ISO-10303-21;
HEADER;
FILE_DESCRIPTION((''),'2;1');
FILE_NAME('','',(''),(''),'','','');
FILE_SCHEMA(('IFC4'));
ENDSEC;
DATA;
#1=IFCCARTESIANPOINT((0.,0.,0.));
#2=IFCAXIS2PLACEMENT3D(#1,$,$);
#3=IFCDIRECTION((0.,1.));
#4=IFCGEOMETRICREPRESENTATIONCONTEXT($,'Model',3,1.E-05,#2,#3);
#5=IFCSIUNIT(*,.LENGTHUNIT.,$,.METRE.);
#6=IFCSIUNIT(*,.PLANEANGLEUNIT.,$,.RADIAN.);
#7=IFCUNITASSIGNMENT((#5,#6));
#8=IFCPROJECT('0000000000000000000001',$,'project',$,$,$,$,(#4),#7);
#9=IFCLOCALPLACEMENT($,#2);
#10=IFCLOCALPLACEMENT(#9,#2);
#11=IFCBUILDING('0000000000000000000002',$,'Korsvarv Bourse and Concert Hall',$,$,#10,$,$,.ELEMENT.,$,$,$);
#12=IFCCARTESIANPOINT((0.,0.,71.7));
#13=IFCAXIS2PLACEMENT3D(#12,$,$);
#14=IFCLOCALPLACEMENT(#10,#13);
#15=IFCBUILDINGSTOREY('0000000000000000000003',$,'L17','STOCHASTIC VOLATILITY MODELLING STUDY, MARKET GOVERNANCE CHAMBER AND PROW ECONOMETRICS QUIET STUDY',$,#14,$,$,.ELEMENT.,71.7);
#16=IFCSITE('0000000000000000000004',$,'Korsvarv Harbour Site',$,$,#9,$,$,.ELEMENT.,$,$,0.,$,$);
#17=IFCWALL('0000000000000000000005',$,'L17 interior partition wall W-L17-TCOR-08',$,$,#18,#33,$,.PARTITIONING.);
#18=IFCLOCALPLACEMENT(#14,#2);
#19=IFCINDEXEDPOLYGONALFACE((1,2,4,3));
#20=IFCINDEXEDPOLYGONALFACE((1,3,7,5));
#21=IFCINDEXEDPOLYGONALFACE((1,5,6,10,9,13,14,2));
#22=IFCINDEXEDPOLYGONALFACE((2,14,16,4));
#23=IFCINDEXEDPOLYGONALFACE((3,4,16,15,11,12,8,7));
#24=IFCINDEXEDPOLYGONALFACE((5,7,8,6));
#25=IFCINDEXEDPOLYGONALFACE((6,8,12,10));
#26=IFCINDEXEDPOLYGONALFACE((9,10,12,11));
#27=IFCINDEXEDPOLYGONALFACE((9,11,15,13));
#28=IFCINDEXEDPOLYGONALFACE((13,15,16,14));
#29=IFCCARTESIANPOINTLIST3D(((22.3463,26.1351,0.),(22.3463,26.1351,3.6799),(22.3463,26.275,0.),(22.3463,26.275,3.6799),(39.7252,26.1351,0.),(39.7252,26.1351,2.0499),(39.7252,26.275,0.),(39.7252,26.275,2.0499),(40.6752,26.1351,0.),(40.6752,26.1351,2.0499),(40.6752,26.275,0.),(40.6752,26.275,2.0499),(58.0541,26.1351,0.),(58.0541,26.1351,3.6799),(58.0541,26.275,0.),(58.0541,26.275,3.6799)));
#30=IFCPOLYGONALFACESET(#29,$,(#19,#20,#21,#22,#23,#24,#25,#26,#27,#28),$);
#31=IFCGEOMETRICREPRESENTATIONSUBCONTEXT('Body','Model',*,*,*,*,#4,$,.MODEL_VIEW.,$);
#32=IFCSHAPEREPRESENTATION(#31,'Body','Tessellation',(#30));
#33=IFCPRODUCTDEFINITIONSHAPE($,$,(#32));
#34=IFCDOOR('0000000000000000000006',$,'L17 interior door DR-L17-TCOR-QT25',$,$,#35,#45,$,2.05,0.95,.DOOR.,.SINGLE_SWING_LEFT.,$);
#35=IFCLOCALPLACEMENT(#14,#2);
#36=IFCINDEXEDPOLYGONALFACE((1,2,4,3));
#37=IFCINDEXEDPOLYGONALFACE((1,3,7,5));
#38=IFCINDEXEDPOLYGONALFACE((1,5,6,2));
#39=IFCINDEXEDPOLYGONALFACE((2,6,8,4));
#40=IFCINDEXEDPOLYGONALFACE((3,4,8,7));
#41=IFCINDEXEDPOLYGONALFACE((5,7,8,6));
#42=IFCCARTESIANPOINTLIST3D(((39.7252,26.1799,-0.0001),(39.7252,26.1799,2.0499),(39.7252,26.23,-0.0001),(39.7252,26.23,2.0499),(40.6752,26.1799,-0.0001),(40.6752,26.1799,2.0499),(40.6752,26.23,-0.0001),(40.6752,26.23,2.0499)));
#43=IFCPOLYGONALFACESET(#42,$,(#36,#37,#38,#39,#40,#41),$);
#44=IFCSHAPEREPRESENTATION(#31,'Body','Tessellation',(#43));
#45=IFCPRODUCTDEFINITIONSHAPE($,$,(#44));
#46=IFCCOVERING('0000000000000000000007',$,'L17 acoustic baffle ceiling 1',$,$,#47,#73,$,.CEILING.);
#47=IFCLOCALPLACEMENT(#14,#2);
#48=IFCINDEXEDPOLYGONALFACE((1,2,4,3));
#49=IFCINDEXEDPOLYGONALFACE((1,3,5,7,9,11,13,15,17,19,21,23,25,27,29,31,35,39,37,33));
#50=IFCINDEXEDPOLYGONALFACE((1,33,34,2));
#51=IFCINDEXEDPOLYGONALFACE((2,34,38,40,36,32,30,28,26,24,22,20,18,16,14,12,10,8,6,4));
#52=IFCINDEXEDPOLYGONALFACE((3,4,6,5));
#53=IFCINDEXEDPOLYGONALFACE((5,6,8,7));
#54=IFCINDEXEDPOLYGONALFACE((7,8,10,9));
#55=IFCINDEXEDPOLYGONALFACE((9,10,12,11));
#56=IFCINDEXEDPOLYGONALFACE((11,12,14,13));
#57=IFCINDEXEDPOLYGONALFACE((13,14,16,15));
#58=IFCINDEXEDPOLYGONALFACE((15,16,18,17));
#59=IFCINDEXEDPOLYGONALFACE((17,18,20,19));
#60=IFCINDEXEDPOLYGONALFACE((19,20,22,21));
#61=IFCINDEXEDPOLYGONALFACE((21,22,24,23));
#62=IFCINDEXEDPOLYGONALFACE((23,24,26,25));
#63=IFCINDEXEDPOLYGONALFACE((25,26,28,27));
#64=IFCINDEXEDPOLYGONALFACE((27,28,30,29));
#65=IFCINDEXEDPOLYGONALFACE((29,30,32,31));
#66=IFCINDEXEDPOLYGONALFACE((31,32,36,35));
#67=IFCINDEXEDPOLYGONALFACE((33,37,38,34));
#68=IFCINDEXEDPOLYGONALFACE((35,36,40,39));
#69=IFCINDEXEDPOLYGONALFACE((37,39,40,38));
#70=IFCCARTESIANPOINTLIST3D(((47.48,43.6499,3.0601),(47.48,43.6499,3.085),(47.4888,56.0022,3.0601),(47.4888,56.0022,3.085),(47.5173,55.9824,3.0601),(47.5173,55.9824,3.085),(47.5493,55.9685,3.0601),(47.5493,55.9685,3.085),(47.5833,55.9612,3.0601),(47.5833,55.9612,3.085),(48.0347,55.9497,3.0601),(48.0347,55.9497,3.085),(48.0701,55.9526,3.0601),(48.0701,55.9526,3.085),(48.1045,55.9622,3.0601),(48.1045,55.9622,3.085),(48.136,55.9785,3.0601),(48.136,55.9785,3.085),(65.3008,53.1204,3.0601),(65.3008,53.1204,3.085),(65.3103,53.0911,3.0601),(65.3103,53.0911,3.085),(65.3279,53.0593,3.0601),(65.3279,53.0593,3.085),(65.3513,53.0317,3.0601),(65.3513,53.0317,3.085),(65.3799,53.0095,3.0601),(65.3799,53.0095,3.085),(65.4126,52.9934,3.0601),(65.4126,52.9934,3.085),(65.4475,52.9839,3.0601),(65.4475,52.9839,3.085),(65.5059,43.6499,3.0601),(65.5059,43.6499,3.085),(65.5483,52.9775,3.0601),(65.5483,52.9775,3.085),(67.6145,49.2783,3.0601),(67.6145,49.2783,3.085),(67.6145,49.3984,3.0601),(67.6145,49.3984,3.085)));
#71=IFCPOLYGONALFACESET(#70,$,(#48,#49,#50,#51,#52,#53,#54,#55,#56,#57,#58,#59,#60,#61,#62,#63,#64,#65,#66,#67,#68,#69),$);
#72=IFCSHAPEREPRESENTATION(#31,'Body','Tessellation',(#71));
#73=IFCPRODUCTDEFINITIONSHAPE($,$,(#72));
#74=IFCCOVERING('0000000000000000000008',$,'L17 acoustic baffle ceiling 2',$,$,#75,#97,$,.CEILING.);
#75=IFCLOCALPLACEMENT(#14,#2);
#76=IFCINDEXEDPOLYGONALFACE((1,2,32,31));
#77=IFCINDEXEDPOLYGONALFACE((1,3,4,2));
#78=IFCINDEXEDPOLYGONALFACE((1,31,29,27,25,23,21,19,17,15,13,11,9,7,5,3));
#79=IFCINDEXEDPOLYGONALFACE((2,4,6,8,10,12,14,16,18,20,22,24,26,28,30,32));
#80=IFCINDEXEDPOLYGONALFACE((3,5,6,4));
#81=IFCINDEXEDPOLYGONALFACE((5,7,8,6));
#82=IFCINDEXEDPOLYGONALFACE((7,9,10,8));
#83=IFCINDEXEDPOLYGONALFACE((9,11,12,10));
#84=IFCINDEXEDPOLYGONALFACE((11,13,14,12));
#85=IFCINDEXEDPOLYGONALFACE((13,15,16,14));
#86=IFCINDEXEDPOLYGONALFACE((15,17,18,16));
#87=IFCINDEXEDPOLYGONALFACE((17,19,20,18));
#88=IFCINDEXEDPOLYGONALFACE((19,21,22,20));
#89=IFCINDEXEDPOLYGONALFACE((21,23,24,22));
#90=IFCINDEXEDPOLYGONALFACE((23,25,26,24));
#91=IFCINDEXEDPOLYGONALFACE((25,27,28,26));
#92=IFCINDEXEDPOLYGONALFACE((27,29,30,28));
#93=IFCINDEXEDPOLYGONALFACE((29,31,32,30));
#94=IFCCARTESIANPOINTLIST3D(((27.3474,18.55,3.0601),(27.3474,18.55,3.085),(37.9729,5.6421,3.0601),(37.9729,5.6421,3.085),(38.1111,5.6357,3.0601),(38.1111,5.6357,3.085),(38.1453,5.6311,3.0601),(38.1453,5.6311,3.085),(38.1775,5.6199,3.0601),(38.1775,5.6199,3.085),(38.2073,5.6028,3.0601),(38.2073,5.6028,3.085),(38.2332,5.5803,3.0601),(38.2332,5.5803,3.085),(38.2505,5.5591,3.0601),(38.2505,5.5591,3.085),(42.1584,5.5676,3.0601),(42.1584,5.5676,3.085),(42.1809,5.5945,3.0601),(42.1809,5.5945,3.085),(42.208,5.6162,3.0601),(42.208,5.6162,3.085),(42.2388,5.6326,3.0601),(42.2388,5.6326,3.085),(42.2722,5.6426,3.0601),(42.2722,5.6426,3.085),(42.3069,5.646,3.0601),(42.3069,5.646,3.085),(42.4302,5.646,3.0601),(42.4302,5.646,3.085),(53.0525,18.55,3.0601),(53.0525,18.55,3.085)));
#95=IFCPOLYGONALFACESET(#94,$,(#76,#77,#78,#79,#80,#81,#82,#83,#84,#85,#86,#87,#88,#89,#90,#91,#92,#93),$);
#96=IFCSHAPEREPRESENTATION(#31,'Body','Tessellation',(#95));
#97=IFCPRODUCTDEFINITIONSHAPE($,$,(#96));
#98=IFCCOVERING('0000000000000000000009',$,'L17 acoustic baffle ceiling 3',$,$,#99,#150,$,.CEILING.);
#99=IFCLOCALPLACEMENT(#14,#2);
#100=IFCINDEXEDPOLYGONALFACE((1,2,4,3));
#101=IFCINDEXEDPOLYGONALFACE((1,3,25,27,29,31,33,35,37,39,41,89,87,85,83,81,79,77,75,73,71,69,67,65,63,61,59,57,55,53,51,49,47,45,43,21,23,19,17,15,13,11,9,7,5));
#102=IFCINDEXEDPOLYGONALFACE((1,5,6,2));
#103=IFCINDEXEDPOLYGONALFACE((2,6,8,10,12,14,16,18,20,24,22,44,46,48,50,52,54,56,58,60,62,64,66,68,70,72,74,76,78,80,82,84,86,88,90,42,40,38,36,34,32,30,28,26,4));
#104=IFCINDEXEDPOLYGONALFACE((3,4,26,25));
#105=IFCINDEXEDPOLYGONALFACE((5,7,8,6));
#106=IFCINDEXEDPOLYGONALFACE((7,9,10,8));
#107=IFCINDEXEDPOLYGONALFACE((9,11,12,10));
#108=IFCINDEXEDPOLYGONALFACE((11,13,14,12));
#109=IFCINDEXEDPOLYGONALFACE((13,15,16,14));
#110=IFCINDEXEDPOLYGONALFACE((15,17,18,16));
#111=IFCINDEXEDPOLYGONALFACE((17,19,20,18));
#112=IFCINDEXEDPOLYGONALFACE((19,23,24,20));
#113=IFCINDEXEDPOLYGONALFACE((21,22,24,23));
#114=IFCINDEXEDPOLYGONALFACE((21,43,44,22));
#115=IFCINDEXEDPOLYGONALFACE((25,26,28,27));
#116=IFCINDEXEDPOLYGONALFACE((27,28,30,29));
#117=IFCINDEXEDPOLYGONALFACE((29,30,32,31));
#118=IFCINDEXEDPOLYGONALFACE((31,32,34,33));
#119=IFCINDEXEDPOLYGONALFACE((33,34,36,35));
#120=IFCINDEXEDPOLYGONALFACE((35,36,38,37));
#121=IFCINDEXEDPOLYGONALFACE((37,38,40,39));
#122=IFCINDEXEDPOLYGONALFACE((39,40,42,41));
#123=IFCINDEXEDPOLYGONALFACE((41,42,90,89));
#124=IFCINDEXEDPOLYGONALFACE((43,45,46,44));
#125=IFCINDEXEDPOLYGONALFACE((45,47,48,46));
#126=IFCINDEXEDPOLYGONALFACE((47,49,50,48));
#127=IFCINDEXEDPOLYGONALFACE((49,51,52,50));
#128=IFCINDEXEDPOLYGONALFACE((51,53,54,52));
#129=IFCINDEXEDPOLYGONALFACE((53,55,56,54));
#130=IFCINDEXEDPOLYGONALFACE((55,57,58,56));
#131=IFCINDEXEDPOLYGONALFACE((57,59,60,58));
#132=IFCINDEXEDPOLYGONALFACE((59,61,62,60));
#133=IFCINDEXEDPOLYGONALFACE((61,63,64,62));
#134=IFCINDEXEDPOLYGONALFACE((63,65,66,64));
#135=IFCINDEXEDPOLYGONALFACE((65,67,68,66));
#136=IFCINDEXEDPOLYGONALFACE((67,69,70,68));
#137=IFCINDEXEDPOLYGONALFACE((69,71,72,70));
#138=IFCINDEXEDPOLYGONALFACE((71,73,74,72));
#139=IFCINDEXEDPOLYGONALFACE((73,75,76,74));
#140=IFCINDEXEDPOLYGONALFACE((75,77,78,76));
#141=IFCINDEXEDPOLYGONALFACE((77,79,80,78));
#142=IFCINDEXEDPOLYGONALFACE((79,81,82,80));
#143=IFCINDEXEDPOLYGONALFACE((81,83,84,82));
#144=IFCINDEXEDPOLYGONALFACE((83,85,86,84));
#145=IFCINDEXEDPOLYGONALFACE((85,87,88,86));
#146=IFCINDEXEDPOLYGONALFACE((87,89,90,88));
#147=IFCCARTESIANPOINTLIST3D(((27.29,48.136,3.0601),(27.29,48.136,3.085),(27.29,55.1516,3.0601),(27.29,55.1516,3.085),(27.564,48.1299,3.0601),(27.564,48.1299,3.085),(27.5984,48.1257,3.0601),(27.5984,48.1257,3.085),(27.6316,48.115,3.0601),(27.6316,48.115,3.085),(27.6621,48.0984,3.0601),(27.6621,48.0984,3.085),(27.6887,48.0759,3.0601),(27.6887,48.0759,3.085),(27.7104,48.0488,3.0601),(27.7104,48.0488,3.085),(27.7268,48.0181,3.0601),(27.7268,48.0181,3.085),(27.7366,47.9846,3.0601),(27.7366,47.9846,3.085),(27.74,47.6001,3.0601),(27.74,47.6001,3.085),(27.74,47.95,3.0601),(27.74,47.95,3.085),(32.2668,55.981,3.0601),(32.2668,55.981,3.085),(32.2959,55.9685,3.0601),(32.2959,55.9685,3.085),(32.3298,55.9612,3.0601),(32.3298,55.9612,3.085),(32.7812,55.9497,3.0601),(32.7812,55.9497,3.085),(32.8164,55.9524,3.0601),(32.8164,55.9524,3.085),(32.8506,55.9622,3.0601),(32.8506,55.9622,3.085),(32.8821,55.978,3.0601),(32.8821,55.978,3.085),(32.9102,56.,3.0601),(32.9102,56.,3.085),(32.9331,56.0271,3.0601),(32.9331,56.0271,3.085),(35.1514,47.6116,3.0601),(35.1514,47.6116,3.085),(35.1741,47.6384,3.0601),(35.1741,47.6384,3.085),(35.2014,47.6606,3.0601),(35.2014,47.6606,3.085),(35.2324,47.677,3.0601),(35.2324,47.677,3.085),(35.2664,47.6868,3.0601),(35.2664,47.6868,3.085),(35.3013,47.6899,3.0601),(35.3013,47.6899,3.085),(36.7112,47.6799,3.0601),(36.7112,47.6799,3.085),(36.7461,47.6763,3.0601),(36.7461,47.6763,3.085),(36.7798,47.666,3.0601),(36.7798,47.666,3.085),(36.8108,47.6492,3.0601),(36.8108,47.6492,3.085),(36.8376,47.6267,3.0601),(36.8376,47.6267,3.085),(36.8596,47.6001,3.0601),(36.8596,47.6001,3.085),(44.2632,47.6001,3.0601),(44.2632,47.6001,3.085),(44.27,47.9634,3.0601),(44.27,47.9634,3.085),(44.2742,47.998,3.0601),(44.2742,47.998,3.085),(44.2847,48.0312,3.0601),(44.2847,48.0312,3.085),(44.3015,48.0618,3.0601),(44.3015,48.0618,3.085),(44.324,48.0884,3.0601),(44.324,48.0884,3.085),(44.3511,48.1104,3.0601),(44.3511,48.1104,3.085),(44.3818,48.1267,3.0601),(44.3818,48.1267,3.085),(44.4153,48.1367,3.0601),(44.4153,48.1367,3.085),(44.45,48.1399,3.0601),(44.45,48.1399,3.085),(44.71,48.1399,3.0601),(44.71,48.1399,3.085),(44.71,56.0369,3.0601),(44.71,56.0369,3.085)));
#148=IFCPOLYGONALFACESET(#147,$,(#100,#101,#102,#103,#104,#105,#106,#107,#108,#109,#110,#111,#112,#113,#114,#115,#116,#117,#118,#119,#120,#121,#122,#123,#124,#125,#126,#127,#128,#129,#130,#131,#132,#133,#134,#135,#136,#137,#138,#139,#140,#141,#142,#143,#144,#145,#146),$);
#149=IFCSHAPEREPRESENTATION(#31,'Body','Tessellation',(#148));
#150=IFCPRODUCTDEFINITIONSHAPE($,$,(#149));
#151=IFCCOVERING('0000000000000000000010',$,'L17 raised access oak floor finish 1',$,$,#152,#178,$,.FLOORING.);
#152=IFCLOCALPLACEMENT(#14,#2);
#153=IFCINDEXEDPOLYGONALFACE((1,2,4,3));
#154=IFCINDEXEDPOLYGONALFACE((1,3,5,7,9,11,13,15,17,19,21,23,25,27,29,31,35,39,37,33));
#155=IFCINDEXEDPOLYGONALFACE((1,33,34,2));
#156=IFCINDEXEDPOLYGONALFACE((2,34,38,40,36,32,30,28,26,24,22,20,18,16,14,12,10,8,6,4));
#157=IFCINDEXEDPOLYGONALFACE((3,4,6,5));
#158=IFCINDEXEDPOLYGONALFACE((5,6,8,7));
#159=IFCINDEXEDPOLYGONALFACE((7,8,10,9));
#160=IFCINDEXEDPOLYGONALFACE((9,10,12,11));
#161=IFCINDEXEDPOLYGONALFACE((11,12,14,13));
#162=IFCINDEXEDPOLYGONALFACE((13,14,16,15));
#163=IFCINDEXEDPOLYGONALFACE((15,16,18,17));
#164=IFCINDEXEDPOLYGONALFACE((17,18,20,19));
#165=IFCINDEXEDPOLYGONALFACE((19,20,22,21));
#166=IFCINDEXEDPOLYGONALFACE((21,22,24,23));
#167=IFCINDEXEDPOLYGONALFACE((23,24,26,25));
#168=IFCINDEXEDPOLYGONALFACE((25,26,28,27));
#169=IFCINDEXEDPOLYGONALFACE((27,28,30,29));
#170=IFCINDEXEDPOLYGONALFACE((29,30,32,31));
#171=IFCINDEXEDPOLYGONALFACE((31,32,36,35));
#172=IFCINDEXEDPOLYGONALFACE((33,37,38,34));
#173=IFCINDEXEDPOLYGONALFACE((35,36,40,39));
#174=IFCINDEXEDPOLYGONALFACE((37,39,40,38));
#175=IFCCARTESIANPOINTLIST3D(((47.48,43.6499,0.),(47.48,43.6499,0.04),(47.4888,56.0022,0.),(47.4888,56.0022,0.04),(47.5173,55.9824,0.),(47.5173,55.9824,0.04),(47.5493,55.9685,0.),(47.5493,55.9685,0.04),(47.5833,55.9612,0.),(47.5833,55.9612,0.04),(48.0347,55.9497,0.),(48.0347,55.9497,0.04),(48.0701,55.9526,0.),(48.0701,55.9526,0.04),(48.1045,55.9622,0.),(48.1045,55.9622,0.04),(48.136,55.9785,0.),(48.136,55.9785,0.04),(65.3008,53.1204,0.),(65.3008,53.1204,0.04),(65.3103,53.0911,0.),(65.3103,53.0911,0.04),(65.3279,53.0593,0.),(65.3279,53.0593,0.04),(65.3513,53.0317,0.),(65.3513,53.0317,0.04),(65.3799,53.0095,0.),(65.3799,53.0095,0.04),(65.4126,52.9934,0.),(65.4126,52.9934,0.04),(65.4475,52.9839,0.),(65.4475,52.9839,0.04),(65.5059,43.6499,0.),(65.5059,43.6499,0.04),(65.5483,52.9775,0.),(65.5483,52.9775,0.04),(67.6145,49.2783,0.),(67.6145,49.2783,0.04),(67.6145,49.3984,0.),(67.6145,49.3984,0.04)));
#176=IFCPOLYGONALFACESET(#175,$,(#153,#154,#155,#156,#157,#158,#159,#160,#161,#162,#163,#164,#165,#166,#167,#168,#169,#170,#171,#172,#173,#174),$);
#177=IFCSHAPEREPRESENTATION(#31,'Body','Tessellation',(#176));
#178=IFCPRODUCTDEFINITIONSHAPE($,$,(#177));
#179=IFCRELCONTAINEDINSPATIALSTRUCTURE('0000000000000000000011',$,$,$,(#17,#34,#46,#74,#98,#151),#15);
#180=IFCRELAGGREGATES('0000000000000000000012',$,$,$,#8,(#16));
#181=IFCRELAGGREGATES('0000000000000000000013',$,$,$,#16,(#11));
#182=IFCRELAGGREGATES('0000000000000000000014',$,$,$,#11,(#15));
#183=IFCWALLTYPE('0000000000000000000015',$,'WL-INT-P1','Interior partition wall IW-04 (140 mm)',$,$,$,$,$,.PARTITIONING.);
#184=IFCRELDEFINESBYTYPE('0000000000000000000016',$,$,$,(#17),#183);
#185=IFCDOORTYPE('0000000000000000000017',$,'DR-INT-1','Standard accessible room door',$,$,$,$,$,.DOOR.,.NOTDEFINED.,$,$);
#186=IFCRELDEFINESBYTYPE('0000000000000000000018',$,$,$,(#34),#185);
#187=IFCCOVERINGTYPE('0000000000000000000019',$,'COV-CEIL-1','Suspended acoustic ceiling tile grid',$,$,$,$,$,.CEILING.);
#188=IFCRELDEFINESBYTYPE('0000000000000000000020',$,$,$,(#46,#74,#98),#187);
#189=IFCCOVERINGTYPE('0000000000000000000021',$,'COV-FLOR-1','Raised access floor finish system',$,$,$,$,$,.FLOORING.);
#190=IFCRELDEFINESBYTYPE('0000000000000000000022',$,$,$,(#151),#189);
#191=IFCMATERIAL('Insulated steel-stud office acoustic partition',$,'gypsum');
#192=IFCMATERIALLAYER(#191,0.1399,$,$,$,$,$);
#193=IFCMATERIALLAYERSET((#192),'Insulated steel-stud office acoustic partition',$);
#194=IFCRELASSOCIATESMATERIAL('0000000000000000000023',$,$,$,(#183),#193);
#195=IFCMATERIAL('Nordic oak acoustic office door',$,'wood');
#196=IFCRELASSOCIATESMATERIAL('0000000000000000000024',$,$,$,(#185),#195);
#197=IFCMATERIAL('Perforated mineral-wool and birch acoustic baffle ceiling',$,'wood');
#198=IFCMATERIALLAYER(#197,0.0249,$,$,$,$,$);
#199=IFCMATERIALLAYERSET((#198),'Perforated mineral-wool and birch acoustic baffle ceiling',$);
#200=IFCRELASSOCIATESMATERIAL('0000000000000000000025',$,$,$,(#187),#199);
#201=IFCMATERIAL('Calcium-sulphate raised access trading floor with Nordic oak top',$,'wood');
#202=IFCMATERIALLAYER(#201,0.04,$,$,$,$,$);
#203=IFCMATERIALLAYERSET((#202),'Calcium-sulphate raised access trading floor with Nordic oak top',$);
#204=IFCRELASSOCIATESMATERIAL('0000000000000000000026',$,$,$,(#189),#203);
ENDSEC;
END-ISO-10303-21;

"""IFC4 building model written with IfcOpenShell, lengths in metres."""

from ifc_helpers import new_model, si_unit, direction, frame, frame_2d, origin, place, context, subcontext, project, spatial, polyline, rectangle, outline, extrude, material, layer, layer_set, type_object, element, fill, save


model = new_model("IFC4")

# Units and contexts
model_context = context("Model", 3, precision=1e-05, world=origin(), true_north=direction((0.0, 1.0)))
body_context = subcontext(model_context, "Body", "Model", "MODEL_VIEW")
ifc_project = project(units=[si_unit("LENGTHUNIT", "METRE"), si_unit("PLANEANGLEUNIT", "RADIAN")], contexts=[model_context])

# Site, building, storey
site_placement = place(None, origin())
site = spatial("IfcSite", under=ifc_project, at=site_placement, Name="Korsvarv Harbour Site", CompositionType="ELEMENT", RefElevation=0.0)
building_placement = place(site_placement, origin())
building = spatial("IfcBuilding", under=site, at=building_placement, Name="Korsvarv Bourse and Concert Hall", CompositionType="ELEMENT")
storey_placement = place(building_placement, frame((0.0, 0.0, 71.7)))
storey = spatial("IfcBuildingStorey", under=building, at=storey_placement, Name="L17", Description="STOCHASTIC VOLATILITY MODELLING STUDY, MARKET GOVERNANCE CHAMBER AND PROW ECONOMETRICS QUIET STUDY", CompositionType="ELEMENT", Elevation=71.7)

# Wall, opening, door
ifc_material_1 = material(Name="Insulated steel-stud office acoustic partition", Category="gypsum")
ifc_layer_1 = layer(ifc_material_1, 0.1399)
ifc_layer_set_1 = layer_set([ifc_layer_1], Name="Insulated steel-stud office acoustic partition")
wall_type = type_object("IfcWallType", Name="WL-INT-P1", Description="Interior partition wall IW-04 (140 mm)", PredefinedType="PARTITIONING", material=ifc_layer_set_1)
wall_placement = place(storey_placement, frame((22.3462, 26.2051, 0.0), z_axis=(0.0, 0.0, 1.0), x_axis=(1.0, 0.0, 0.0)))
wall = element("IfcWall", 1, at=wall_placement, inside=storey, type_object=wall_type, Name="L17 interior partition wall W-L17-TCOR-08", PredefinedType="PARTITIONING", context=body_context, shape_type="SweptSolid", body=[
    extrude(rectangle(XDim=35.7078, YDim=0.1399, at=frame_2d((17.854, 0.0))), origin(), (0.0, 0.0, 1.0), 3.6799),
])
opening_placement = place(wall_placement, frame((17.3789, 0.0, 0.0)))
opening = element("IfcOpeningElement", 2, at=opening_placement, cuts=wall, PredefinedType="OPENING", context=body_context, shape_type="SweptSolid", body=[
    extrude(rectangle(XDim=0.95, YDim=2.05, at=frame_2d((0.4751, 1.0249))), frame((0.0, 0.0801, 0.0), z_axis=(0.0, -1.0, 0.0), x_axis=(1.0, 0.0, 0.0)), (0.0, 0.0, 1.0), 0.1599),
])
ifc_material_2 = material(Name="Nordic oak acoustic office door", Category="wood")
door_type = type_object("IfcDoorType", Name="DR-INT-1", Description="Standard accessible room door", OperationType="NOTDEFINED", PredefinedType="DOOR", material=ifc_material_2)
door_placement = place(opening_placement, origin())
door = element("IfcDoor", 3, at=door_placement, inside=storey, type_object=door_type, Name="L17 interior door DR-L17-TCOR-QT25", OperationType="SINGLE_SWING_LEFT", OverallHeight=2.05, OverallWidth=0.95, PredefinedType="DOOR", context=body_context, shape_type="SweptSolid", body=[
    extrude(rectangle(XDim=0.95, YDim=2.05, at=frame_2d((0.4751, 1.0249))), frame((0.0, 0.0249, 0.0), z_axis=(0.0, -1.0, 0.0), x_axis=(1.0, 0.0, 0.0)), (0.0, 0.0, 1.0), 0.05),
])
fill(opening, door)

# Coverings
ifc_material_3 = material(Name="Perforated mineral-wool and birch acoustic baffle ceiling", Category="wood")
ifc_layer_2 = layer(ifc_material_3, 0.0249)
ifc_layer_set_2 = layer_set([ifc_layer_2], Name="Perforated mineral-wool and birch acoustic baffle ceiling")
covering_type_1 = type_object("IfcCoveringType", Name="COV-CEIL-1", Description="Suspended acoustic ceiling tile grid", PredefinedType="CEILING", material=ifc_layer_set_2)
covering_1_placement = place(storey_placement, frame((0.0, 0.0, 3.0601)))
element("IfcCovering", 4, at=covering_1_placement, inside=storey, type_object=covering_type_1, Name="L17 acoustic baffle ceiling 1", PredefinedType="CEILING", context=body_context, shape_type="SweptSolid", body=[
    extrude(outline(polyline([(47.4888, 56.0022), (47.5173, 55.9824), (47.5493, 55.9685), (47.5833, 55.9612), (48.0347, 55.9497), (48.0701, 55.9526), (48.1045, 55.9622), (48.136, 55.9785), (65.3008, 53.1204), (65.3103, 53.0911), (65.3279, 53.0593), (65.3513, 53.0317), (65.3799, 53.0095), (65.4126, 52.9934), (65.4475, 52.9839), (65.5483, 52.9775), (67.6145, 49.3984), (67.6145, 49.2783), (65.5059, 43.6499), (47.48, 43.6499), (47.4888, 56.0022)])), origin(), (0.0, 0.0, 1.0), 0.0249),
])
covering_2_placement = place(storey_placement, frame((0.0, 0.0, 3.0601)))
element("IfcCovering", 5, at=covering_2_placement, inside=storey, type_object=covering_type_1, Name="L17 acoustic baffle ceiling 2", PredefinedType="CEILING", context=body_context, shape_type="SweptSolid", body=[
    extrude(outline(polyline([(53.0525, 18.55), (42.4302, 5.646), (42.3069, 5.646), (42.2722, 5.6426), (42.2388, 5.6326), (42.208, 5.6162), (42.1809, 5.5945), (42.1584, 5.5676), (38.2505, 5.5591), (38.2332, 5.5803), (38.2073, 5.6028), (38.1775, 5.6199), (38.1453, 5.6311), (38.1111, 5.6357), (37.9729, 5.6421), (27.3474, 18.55), (53.0525, 18.55)])), origin(), (0.0, 0.0, 1.0), 0.0249),
])
covering_3_placement = place(storey_placement, frame((0.0, 0.0, 3.0601)))
element("IfcCovering", 6, at=covering_3_placement, inside=storey, type_object=covering_type_1, Name="L17 acoustic baffle ceiling 3", PredefinedType="CEILING", context=body_context, shape_type="SweptSolid", body=[
    extrude(outline(polyline([(32.2668, 55.981), (32.2959, 55.9685), (32.3298, 55.9612), (32.7812, 55.9497), (32.8164, 55.9524), (32.8506, 55.9622), (32.8821, 55.978), (32.9102, 56.0), (32.9331, 56.0271), (44.71, 56.0369), (44.71, 48.1399), (44.45, 48.1399), (44.4153, 48.1367), (44.3818, 48.1267), (44.3511, 48.1104), (44.324, 48.0884), (44.3015, 48.0618), (44.2847, 48.0312), (44.2742, 47.998), (44.27, 47.9634), (44.2632, 47.6001), (36.8596, 47.6001), (36.8376, 47.6267), (36.8108, 47.6492), (36.7798, 47.666), (36.7461, 47.6763), (36.7112, 47.6799), (35.3013, 47.6899), (35.2664, 47.6868), (35.2324, 47.677), (35.2014, 47.6606), (35.1741, 47.6384), (35.1514, 47.6116), (27.74, 47.6001), (27.74, 47.95), (27.7366, 47.9846), (27.7268, 48.0181), (27.7104, 48.0488), (27.6887, 48.0759), (27.6621, 48.0984), (27.6316, 48.115), (27.5984, 48.1257), (27.564, 48.1299), (27.29, 48.136), (27.29, 55.1516), (32.2668, 55.981)])), origin(), (0.0, 0.0, 1.0), 0.0249),
])
ifc_material_4 = material(Name="Calcium-sulphate raised access trading floor with Nordic oak top", Category="wood")
ifc_layer_3 = layer(ifc_material_4, 0.04)
ifc_layer_set_3 = layer_set([ifc_layer_3], Name="Calcium-sulphate raised access trading floor with Nordic oak top")
covering_type_2 = type_object("IfcCoveringType", Name="COV-FLOR-1", Description="Raised access floor finish system", PredefinedType="FLOORING", material=ifc_layer_set_3)
covering_4_placement = place(storey_placement, origin())
element("IfcCovering", 7, at=covering_4_placement, inside=storey, type_object=covering_type_2, Name="L17 raised access oak floor finish 1", PredefinedType="FLOORING", context=body_context, shape_type="SweptSolid", body=[
    extrude(outline(polyline([(47.4888, 56.0022), (47.5173, 55.9824), (47.5493, 55.9685), (47.5833, 55.9612), (48.0347, 55.9497), (48.0701, 55.9526), (48.1045, 55.9622), (48.136, 55.9785), (65.3008, 53.1204), (65.3103, 53.0911), (65.3279, 53.0593), (65.3513, 53.0317), (65.3799, 53.0095), (65.4126, 52.9934), (65.4475, 52.9839), (65.5483, 52.9775), (67.6145, 49.3984), (67.6145, 49.2783), (65.5059, 43.6499), (47.48, 43.6499), (47.4888, 56.0022)])), origin(), (0.0, 0.0, 1.0), 0.04),
])

save(model, "model.ifc")
